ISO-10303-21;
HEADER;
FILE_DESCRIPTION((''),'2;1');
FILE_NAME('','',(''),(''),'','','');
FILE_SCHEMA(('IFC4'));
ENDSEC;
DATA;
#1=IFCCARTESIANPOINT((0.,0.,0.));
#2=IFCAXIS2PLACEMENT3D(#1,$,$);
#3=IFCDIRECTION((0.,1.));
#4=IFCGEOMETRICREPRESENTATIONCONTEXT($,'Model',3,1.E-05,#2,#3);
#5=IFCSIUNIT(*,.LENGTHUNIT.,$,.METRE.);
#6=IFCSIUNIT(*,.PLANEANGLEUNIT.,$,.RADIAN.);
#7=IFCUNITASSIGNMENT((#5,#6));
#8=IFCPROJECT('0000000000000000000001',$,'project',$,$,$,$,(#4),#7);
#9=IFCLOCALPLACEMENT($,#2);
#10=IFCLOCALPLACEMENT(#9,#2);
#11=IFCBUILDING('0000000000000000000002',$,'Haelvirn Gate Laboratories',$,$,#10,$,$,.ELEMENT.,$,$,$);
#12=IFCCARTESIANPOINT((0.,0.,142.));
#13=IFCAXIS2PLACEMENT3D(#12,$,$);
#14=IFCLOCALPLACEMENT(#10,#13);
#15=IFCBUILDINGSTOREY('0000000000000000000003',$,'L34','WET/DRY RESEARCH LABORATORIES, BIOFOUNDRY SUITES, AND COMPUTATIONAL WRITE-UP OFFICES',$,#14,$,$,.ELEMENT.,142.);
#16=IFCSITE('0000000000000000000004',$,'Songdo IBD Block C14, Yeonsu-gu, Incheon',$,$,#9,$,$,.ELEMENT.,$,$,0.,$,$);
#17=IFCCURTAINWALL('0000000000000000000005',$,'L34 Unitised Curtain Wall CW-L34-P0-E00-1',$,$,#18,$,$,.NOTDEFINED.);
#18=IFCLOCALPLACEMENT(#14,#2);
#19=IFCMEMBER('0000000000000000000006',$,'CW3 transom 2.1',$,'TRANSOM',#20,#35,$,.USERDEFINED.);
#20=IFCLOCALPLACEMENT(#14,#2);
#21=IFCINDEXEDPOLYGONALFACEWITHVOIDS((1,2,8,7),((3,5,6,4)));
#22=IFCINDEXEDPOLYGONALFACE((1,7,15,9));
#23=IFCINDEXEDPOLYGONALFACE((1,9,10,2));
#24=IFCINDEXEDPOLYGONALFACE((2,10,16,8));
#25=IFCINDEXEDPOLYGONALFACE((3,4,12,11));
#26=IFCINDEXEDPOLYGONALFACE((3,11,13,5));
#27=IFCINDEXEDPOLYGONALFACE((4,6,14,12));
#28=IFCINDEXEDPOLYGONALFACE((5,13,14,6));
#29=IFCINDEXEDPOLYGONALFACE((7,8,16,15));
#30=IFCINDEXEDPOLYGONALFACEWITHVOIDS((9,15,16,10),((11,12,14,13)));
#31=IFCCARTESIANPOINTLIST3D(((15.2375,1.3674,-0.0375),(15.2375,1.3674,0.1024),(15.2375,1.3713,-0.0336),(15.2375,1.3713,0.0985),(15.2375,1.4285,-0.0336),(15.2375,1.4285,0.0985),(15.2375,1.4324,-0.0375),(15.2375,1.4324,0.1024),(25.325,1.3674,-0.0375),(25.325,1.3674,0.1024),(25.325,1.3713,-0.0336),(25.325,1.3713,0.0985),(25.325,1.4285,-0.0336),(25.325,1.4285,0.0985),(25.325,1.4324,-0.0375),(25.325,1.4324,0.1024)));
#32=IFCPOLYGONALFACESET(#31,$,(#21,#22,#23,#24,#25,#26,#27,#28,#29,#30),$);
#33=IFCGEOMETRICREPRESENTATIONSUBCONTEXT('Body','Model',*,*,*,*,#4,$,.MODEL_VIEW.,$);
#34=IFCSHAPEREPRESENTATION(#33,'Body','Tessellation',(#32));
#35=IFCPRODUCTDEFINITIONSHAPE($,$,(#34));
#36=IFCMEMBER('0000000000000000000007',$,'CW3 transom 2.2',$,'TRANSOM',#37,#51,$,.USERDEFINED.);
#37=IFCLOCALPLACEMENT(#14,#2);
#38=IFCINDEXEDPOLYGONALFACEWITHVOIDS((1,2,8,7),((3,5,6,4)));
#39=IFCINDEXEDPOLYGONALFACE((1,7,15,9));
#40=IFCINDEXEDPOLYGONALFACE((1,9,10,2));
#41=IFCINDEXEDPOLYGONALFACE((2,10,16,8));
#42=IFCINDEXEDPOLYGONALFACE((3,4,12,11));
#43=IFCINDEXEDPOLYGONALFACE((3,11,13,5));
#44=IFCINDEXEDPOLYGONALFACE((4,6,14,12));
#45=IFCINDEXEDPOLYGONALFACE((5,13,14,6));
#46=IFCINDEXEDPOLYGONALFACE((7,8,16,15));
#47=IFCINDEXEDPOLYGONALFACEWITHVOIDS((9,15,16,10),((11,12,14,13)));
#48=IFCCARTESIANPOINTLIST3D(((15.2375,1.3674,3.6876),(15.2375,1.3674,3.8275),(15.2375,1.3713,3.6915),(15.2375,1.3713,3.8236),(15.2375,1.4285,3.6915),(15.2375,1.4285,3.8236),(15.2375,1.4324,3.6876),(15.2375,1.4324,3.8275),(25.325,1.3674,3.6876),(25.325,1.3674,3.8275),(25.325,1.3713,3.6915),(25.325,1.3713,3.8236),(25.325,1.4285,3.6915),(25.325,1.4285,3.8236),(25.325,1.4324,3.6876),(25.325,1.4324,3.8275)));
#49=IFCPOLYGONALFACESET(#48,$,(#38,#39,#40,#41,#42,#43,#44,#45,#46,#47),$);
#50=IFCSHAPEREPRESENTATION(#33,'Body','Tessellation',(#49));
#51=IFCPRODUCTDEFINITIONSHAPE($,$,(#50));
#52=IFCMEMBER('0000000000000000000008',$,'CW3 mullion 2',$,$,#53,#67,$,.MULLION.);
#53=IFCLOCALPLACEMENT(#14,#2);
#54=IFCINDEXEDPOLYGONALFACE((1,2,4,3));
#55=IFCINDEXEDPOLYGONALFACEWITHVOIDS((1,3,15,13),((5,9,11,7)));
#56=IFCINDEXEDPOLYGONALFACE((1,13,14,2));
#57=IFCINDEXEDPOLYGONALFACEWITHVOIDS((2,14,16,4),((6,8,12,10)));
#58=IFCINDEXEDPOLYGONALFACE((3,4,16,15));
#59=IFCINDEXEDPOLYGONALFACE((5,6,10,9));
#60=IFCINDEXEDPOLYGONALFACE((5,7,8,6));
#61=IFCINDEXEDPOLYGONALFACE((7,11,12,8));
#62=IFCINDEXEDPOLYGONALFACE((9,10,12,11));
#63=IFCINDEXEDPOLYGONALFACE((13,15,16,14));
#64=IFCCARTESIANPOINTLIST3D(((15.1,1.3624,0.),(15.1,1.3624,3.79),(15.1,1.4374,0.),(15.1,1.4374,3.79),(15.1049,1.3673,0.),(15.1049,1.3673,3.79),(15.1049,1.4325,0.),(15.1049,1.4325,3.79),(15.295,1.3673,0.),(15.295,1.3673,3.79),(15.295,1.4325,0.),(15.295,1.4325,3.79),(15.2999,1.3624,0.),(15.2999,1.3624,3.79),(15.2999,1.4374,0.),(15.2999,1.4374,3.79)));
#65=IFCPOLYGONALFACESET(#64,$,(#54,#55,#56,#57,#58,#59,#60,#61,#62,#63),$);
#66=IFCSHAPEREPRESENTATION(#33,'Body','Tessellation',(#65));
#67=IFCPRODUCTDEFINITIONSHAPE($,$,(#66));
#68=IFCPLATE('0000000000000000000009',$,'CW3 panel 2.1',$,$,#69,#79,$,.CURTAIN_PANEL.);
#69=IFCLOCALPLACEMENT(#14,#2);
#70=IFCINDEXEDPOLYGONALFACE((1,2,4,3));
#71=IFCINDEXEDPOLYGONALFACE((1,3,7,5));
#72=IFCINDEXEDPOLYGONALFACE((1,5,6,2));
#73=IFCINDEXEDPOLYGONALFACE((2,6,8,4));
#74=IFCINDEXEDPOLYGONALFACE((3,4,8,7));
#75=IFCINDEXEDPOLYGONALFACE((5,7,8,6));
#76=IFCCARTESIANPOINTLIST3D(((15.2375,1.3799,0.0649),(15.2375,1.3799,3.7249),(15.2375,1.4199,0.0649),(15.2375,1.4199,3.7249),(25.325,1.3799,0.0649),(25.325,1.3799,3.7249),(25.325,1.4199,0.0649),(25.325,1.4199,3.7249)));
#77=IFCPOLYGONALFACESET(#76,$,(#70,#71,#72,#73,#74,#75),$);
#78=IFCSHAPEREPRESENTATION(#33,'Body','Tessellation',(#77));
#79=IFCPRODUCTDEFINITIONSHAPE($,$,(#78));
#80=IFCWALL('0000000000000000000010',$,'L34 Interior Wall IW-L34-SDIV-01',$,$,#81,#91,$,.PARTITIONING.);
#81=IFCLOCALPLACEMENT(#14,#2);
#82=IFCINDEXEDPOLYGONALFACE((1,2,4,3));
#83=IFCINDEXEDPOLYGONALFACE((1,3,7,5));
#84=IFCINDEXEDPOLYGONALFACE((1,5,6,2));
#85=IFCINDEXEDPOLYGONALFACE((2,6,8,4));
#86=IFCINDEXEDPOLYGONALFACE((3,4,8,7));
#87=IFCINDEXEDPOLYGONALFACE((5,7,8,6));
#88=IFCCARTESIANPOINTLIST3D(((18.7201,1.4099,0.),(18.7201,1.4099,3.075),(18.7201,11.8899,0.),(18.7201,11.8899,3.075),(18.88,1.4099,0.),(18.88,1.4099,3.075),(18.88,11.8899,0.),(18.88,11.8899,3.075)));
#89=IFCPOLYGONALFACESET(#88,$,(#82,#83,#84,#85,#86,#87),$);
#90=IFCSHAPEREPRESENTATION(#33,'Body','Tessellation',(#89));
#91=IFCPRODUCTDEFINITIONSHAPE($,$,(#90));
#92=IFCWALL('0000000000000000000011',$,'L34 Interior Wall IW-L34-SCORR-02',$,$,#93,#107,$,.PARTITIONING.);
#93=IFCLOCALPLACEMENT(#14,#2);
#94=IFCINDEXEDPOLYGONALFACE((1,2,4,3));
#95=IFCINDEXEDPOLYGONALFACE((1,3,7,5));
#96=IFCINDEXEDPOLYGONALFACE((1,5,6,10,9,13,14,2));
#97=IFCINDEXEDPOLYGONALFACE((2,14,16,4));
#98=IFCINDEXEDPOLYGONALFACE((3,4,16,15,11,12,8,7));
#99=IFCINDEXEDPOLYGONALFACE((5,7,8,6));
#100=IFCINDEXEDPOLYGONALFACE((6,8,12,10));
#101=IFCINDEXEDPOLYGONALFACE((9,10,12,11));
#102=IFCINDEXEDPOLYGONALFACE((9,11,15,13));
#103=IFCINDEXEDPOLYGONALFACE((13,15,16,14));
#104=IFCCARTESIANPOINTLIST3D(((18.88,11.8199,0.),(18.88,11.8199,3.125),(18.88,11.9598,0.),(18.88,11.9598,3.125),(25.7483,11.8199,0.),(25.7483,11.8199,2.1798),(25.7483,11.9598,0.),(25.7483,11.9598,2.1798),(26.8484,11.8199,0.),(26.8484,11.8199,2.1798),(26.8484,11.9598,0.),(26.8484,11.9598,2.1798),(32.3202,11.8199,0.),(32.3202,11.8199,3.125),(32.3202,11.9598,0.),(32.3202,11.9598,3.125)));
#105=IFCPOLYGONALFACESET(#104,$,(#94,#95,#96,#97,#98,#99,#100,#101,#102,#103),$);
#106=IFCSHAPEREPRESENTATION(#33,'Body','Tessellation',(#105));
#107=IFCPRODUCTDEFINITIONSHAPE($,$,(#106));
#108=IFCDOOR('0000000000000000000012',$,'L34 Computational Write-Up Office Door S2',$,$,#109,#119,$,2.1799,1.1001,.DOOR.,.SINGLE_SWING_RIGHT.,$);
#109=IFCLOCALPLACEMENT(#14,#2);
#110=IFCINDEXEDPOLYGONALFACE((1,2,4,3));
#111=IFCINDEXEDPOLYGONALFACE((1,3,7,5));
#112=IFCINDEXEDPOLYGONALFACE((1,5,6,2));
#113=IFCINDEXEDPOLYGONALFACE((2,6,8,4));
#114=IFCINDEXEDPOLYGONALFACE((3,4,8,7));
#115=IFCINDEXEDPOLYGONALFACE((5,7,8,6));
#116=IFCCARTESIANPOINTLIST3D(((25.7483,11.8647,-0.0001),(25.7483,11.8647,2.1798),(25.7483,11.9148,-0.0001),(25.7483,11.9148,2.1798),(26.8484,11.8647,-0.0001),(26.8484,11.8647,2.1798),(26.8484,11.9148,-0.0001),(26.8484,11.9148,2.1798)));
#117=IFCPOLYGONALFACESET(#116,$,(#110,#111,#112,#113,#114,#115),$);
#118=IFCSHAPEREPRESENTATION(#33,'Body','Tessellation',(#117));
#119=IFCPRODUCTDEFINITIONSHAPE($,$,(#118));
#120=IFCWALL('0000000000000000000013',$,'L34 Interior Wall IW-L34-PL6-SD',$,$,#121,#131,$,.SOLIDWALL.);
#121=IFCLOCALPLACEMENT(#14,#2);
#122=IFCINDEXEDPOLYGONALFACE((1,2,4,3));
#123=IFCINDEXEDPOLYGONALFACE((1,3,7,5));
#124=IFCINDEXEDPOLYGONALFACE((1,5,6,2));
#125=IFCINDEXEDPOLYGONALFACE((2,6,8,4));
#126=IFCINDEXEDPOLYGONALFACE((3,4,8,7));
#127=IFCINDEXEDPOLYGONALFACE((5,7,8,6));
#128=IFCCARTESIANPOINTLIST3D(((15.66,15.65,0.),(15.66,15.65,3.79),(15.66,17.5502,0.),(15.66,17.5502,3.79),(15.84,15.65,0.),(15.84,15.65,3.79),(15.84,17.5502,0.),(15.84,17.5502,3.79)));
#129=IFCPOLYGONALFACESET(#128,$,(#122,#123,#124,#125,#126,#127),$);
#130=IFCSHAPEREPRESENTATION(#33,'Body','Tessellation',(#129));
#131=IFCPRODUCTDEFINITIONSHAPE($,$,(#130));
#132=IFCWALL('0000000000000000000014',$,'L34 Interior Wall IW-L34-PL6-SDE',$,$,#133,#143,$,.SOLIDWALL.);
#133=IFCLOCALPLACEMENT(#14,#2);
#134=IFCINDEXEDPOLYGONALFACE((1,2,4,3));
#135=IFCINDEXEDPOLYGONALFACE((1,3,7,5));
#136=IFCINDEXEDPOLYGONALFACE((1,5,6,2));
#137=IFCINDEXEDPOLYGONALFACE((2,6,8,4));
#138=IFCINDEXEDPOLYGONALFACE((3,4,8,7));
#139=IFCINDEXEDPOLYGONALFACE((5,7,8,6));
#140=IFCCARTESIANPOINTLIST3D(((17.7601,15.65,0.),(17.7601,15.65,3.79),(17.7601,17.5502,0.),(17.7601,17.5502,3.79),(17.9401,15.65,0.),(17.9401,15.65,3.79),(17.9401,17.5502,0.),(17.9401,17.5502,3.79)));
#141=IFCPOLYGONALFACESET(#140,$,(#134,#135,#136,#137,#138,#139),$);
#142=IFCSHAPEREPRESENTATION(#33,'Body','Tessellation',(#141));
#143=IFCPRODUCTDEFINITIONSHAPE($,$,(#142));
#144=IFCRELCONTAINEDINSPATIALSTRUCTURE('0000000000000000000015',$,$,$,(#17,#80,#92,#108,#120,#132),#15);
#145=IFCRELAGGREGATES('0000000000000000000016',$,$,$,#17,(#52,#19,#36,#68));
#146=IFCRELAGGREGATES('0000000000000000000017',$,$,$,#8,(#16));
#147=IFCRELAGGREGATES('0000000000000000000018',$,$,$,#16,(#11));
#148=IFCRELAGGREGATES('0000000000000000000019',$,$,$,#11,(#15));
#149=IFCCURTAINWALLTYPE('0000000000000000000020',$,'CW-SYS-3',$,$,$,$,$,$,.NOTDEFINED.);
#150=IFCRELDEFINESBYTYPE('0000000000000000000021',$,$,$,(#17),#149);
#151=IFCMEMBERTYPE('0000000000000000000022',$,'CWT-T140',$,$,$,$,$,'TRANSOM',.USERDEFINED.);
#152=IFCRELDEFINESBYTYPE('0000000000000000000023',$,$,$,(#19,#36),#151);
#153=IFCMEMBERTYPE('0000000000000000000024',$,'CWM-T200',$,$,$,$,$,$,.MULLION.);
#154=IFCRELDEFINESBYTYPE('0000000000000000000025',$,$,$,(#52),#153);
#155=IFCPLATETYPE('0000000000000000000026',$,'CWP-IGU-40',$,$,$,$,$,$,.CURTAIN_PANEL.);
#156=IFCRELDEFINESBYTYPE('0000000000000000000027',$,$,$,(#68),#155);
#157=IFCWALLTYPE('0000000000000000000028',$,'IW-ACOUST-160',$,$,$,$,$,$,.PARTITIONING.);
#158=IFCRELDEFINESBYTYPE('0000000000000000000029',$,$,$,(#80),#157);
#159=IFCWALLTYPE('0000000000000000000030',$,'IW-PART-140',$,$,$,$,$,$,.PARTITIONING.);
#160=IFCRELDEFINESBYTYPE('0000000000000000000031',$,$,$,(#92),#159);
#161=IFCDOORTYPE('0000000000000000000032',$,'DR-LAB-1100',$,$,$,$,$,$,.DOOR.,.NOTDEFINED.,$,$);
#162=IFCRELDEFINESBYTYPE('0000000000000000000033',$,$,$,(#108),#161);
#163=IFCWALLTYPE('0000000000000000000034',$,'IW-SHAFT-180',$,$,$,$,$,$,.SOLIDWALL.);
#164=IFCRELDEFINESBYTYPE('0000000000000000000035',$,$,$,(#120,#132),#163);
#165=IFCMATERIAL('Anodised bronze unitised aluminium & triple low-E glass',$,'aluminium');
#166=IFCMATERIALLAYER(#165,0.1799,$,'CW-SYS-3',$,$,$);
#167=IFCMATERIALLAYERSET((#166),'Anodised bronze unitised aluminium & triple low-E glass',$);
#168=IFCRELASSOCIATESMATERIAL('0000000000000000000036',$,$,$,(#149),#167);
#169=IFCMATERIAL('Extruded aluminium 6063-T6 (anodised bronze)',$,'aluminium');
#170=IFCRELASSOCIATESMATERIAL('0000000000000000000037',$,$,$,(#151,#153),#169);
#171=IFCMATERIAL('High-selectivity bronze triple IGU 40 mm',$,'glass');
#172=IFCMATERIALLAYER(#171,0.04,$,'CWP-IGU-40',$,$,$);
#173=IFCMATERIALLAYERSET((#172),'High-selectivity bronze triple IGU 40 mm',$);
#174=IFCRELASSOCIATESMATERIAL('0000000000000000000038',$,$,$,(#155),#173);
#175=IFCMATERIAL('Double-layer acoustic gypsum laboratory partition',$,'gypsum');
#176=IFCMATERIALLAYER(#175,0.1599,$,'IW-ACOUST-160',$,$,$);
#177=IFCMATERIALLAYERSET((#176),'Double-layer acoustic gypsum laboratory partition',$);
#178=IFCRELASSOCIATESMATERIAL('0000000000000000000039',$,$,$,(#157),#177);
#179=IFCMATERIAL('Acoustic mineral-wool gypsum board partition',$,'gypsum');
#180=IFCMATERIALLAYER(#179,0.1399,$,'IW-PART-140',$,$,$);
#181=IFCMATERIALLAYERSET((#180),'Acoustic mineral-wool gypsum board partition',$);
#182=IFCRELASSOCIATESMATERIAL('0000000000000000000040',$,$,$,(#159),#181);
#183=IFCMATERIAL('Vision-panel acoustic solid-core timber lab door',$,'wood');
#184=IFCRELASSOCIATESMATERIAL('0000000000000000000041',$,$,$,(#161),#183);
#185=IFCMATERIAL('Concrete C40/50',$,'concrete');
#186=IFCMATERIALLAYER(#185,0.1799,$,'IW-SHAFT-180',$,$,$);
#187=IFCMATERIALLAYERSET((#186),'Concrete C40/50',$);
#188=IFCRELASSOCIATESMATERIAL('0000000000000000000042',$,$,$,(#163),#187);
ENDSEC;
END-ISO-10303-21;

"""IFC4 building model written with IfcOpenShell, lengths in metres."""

from ifc_helpers import new_model, si_unit, direction, frame, frame_2d, origin, origin_2d, place, context, subcontext, project, spatial, rectangle, hollow_rectangle, extrude, source, transform, mapped, material, layer, layer_set, material_profile, profile_set, type_object, type_shapes, element, fill, aggregate, save


model = new_model("IFC4")

# Units and contexts
model_context = context("Model", 3, precision=1e-05, world=origin(), true_north=direction((0.0, 1.0)))
body_context = subcontext(model_context, "Body", "Model", "MODEL_VIEW")
ifc_project = project(units=[si_unit("LENGTHUNIT", "METRE"), si_unit("PLANEANGLEUNIT", "RADIAN")], contexts=[model_context])

# Site, building, storey
site_placement = place(None, origin())
site = spatial("IfcSite", under=ifc_project, at=site_placement, Name="Songdo IBD Block C14, Yeonsu-gu, Incheon", CompositionType="ELEMENT", RefElevation=0.0)
building_placement = place(site_placement, origin())
building = spatial("IfcBuilding", under=site, at=building_placement, Name="Haelvirn Gate Laboratories", CompositionType="ELEMENT")
storey_placement = place(building_placement, frame((0.0, 0.0, 142.0)))
storey = spatial("IfcBuildingStorey", under=building, at=storey_placement, Name="L34", Description="WET/DRY RESEARCH LABORATORIES, BIOFOUNDRY SUITES, AND COMPUTATIONAL WRITE-UP OFFICES", CompositionType="ELEMENT", Elevation=142.0)

# Curtain wall, members, plate
ifc_material_1 = material(Name="Anodised bronze unitised aluminium & triple low-E glass", Category="aluminium")
ifc_layer_1 = layer(ifc_material_1, 0.1799, Name="CW-SYS-3")
ifc_layer_set_1 = layer_set([ifc_layer_1], Name="Anodised bronze unitised aluminium & triple low-E glass")
curtain_wall_type = type_object("IfcCurtainWallType", Name="CW-SYS-3", PredefinedType="NOTDEFINED", material=ifc_layer_set_1)
curtain_wall_placement = place(storey_placement, origin())
curtain_wall = element("IfcCurtainWall", 1, at=curtain_wall_placement, inside=storey, type_object=curtain_wall_type, Name="L34 Unitised Curtain Wall CW-L34-P0-E00-1", PredefinedType="NOTDEFINED")
ifc_material_2 = material(Name="Extruded aluminium 6063-T6 (anodised bronze)", Category="aluminium")
ifc_material_profile_1 = material_profile(ifc_material_2, hollow_rectangle(XDim=0.0649, YDim=0.1399, WallThickness=0.0039, at=origin_2d()), Name="CWT-140x65x4")
ifc_profile_set_1 = profile_set([ifc_material_profile_1], Name="Extruded aluminium 6063-T6 (anodised bronze)")
member_type_1 = type_object("IfcMemberType", Name="CWT-T140", ElementType="TRANSOM", PredefinedType="USERDEFINED", material=ifc_profile_set_1)
shared_shape_1 = source(origin(), body_context, "Body", "SweptSolid", [
    extrude(hollow_rectangle(XDim=0.0649, YDim=0.1399, WallThickness=0.0039, at=origin_2d()), origin(), (0.0, 0.0, 1.0), 10.0874),
])
type_shapes(member_type_1, [shared_shape_1])
member_1_placement = place(storey_placement, frame((15.2375, 1.3999, 0.0325), z_axis=(1.0, 0.0, 0.0), x_axis=(0.0, 1.0, 0.0)))
member_1 = element("IfcMember", 2, at=member_1_placement, type_object=member_type_1, Name="CW3 transom 2.1", ObjectType="TRANSOM", PredefinedType="USERDEFINED", context=body_context, shape_type="MappedRepresentation", body=[
    mapped(shared_shape_1, transform((0.0, 0.0, 0.0), scale=1.0)),
])
member_2_placement = place(storey_placement, frame((15.2375, 1.3999, 3.7576), z_axis=(1.0, 0.0, 0.0), x_axis=(0.0, 1.0, 0.0)))
member_2 = element("IfcMember", 3, at=member_2_placement, type_object=member_type_1, Name="CW3 transom 2.2", ObjectType="TRANSOM", PredefinedType="USERDEFINED", context=body_context, shape_type="MappedRepresentation", body=[
    mapped(shared_shape_1, transform((0.0, 0.0, 0.0), scale=1.0)),
])
ifc_material_profile_2 = material_profile(ifc_material_2, hollow_rectangle(XDim=0.075, YDim=0.2, WallThickness=0.0049, at=origin_2d()), Name="CWM-200x75x5")
ifc_profile_set_2 = profile_set([ifc_material_profile_2], Name="Extruded aluminium 6063-T6 (anodised bronze)")
member_type_2 = type_object("IfcMemberType", Name="CWM-T200", PredefinedType="MULLION", material=ifc_profile_set_2)
shared_shape_2 = source(origin(), body_context, "Body", "SweptSolid", [
    extrude(hollow_rectangle(XDim=0.075, YDim=0.2, WallThickness=0.0049, at=origin_2d()), origin(), (0.0, 0.0, 1.0), 3.79),
])
type_shapes(member_type_2, [shared_shape_2])
member_3_placement = place(storey_placement, frame((15.2, 1.3999, 0.0), z_axis=(0.0, 0.0, 1.0), x_axis=(0.0, 1.0, 0.0)))
member_3 = element("IfcMember", 4, at=member_3_placement, type_object=member_type_2, Name="CW3 mullion 2", PredefinedType="MULLION", context=body_context, shape_type="MappedRepresentation", body=[
    mapped(shared_shape_2, transform((0.0, 0.0, 0.0), scale=1.0)),
])
ifc_material_3 = material(Name="High-selectivity bronze triple IGU 40 mm", Category="glass")
ifc_layer_2 = layer(ifc_material_3, 0.04, Name="CWP-IGU-40")
ifc_layer_set_2 = layer_set([ifc_layer_2], Name="High-selectivity bronze triple IGU 40 mm")
plate_type = type_object("IfcPlateType", Name="CWP-IGU-40", PredefinedType="CURTAIN_PANEL", material=ifc_layer_set_2)
shared_shape_3 = source(origin(), body_context, "Body", "SweptSolid", [
    extrude(rectangle(XDim=10.0874, YDim=0.04, at=origin_2d()), origin(), (0.0, 0.0, 1.0), 3.6599),
])
type_shapes(plate_type, [shared_shape_3])
plate_placement = place(storey_placement, frame((20.2812, 1.3999, 0.0649), z_axis=(0.0, 0.0, 1.0), x_axis=(1.0, 0.0, 0.0)))
plate = element("IfcPlate", 5, at=plate_placement, type_object=plate_type, Name="CW3 panel 2.1", PredefinedType="CURTAIN_PANEL", context=body_context, shape_type="MappedRepresentation", body=[
    mapped(shared_shape_3, transform((0.0, 0.0, 0.0), scale=1.0)),
])
aggregate(curtain_wall, [member_3, member_1, member_2, plate])

# Wall
ifc_material_4 = material(Name="Double-layer acoustic gypsum laboratory partition", Category="gypsum")
ifc_layer_3 = layer(ifc_material_4, 0.1599, Name="IW-ACOUST-160")
ifc_layer_set_3 = layer_set([ifc_layer_3], Name="Double-layer acoustic gypsum laboratory partition")
wall_type_1 = type_object("IfcWallType", Name="IW-ACOUST-160", PredefinedType="PARTITIONING", material=ifc_layer_set_3)
wall_1_placement = place(storey_placement, frame((18.8, 1.4099, 0.0), z_axis=(0.0, 0.0, 1.0), x_axis=(0.0, 1.0, 0.0)))
element("IfcWall", 6, at=wall_1_placement, inside=storey, type_object=wall_type_1, Name="L34 Interior Wall IW-L34-SDIV-01", PredefinedType="PARTITIONING", context=body_context, shape_type="SweptSolid", body=[
    extrude(rectangle(XDim=10.48, YDim=0.1599, at=frame_2d((5.24, 0.0))), origin(), (0.0, 0.0, 1.0), 3.075),
])

# Wall, opening, door
ifc_material_5 = material(Name="Acoustic mineral-wool gypsum board partition", Category="gypsum")
ifc_layer_4 = layer(ifc_material_5, 0.1399, Name="IW-PART-140")
ifc_layer_set_4 = layer_set([ifc_layer_4], Name="Acoustic mineral-wool gypsum board partition")
wall_type_2 = type_object("IfcWallType", Name="IW-PART-140", PredefinedType="PARTITIONING", material=ifc_layer_set_4)
wall_2_placement = place(storey_placement, frame((18.8799, 11.8899, 0.0), z_axis=(0.0, 0.0, 1.0), x_axis=(1.0, 0.0, 0.0)))
wall_2 = element("IfcWall", 7, at=wall_2_placement, inside=storey, type_object=wall_type_2, Name="L34 Interior Wall IW-L34-SCORR-02", PredefinedType="PARTITIONING", context=body_context, shape_type="SweptSolid", body=[
    extrude(rectangle(XDim=13.4402, YDim=0.1399, at=frame_2d((6.7202, 0.0))), origin(), (0.0, 0.0, 1.0), 3.125),
])
opening_1_placement = place(wall_2_placement, frame((6.8684, 0.0, 0.0)))
opening_1 = element("IfcOpeningElement", 8, at=opening_1_placement, cuts=wall_2, PredefinedType="OPENING", context=body_context, shape_type="SweptSolid", body=[
    extrude(rectangle(XDim=1.1001, YDim=2.1799, at=frame_2d((0.55, 1.0898))), frame((0.0, 0.0801, 0.0), z_axis=(0.0, -1.0, 0.0), x_axis=(1.0, 0.0, 0.0)), (0.0, 0.0, 1.0), 0.1599),
])
ifc_material_6 = material(Name="Vision-panel acoustic solid-core timber lab door", Category="wood")
door_type_1 = type_object("IfcDoorType", Name="DR-LAB-1100", OperationType="NOTDEFINED", PredefinedType="DOOR", material=ifc_material_6)
shared_shape_4 = source(origin(), body_context, "Body", "SweptSolid", [
    extrude(rectangle(XDim=1.1001, YDim=2.1799, at=frame_2d((0.55, 1.0898))), frame((0.0, 0.0249, 0.0), z_axis=(0.0, -1.0, 0.0), x_axis=(1.0, 0.0, 0.0)), (0.0, 0.0, 1.0), 0.05),
])
type_shapes(door_type_1, [shared_shape_4])
door_1_placement = place(opening_1_placement, origin())
door_1 = element("IfcDoor", 9, at=door_1_placement, inside=storey, type_object=door_type_1, Name="L34 Computational Write-Up Office Door S2", OperationType="SINGLE_SWING_RIGHT", OverallHeight=2.1799, OverallWidth=1.1001, PredefinedType="DOOR", context=body_context, shape_type="MappedRepresentation", body=[
    mapped(shared_shape_4, transform((0.0, 0.0, 0.0), scale=1.0)),
])
fill(opening_1, door_1)

# Walls
ifc_material_7 = material(Name="Concrete C40/50", Category="concrete")
ifc_layer_5 = layer(ifc_material_7, 0.1799, Name="IW-SHAFT-180")
ifc_layer_set_5 = layer_set([ifc_layer_5], Name="Concrete C40/50")
wall_type_3 = type_object("IfcWallType", Name="IW-SHAFT-180", PredefinedType="SOLIDWALL", material=ifc_layer_set_5)
for number, where, z_axis, x_axis, name in (
    (10, (15.75, 15.6499, 0.0), (0.0, 0.0, 1.0), (0.0, 1.0, 0.0), "L34 Interior Wall IW-L34-PL6-SD"),
    (11, (17.8501, 15.6499, 0.0), (0.0, 0.0, 1.0), (0.0, 1.0, 0.0), "L34 Interior Wall IW-L34-PL6-SDE"),
):
    element("IfcWall", number, at=place(storey_placement, frame(where, z_axis=z_axis, x_axis=x_axis)), inside=storey, type_object=wall_type_3, Name=name, PredefinedType="SOLIDWALL", context=body_context, shape_type="SweptSolid", body=[
        extrude(rectangle(XDim=1.9001, YDim=0.1799, at=frame_2d((0.9502, 0.0))), origin(), (0.0, 0.0, 1.0), 3.79),
    ])

save(model, "model.ifc")
